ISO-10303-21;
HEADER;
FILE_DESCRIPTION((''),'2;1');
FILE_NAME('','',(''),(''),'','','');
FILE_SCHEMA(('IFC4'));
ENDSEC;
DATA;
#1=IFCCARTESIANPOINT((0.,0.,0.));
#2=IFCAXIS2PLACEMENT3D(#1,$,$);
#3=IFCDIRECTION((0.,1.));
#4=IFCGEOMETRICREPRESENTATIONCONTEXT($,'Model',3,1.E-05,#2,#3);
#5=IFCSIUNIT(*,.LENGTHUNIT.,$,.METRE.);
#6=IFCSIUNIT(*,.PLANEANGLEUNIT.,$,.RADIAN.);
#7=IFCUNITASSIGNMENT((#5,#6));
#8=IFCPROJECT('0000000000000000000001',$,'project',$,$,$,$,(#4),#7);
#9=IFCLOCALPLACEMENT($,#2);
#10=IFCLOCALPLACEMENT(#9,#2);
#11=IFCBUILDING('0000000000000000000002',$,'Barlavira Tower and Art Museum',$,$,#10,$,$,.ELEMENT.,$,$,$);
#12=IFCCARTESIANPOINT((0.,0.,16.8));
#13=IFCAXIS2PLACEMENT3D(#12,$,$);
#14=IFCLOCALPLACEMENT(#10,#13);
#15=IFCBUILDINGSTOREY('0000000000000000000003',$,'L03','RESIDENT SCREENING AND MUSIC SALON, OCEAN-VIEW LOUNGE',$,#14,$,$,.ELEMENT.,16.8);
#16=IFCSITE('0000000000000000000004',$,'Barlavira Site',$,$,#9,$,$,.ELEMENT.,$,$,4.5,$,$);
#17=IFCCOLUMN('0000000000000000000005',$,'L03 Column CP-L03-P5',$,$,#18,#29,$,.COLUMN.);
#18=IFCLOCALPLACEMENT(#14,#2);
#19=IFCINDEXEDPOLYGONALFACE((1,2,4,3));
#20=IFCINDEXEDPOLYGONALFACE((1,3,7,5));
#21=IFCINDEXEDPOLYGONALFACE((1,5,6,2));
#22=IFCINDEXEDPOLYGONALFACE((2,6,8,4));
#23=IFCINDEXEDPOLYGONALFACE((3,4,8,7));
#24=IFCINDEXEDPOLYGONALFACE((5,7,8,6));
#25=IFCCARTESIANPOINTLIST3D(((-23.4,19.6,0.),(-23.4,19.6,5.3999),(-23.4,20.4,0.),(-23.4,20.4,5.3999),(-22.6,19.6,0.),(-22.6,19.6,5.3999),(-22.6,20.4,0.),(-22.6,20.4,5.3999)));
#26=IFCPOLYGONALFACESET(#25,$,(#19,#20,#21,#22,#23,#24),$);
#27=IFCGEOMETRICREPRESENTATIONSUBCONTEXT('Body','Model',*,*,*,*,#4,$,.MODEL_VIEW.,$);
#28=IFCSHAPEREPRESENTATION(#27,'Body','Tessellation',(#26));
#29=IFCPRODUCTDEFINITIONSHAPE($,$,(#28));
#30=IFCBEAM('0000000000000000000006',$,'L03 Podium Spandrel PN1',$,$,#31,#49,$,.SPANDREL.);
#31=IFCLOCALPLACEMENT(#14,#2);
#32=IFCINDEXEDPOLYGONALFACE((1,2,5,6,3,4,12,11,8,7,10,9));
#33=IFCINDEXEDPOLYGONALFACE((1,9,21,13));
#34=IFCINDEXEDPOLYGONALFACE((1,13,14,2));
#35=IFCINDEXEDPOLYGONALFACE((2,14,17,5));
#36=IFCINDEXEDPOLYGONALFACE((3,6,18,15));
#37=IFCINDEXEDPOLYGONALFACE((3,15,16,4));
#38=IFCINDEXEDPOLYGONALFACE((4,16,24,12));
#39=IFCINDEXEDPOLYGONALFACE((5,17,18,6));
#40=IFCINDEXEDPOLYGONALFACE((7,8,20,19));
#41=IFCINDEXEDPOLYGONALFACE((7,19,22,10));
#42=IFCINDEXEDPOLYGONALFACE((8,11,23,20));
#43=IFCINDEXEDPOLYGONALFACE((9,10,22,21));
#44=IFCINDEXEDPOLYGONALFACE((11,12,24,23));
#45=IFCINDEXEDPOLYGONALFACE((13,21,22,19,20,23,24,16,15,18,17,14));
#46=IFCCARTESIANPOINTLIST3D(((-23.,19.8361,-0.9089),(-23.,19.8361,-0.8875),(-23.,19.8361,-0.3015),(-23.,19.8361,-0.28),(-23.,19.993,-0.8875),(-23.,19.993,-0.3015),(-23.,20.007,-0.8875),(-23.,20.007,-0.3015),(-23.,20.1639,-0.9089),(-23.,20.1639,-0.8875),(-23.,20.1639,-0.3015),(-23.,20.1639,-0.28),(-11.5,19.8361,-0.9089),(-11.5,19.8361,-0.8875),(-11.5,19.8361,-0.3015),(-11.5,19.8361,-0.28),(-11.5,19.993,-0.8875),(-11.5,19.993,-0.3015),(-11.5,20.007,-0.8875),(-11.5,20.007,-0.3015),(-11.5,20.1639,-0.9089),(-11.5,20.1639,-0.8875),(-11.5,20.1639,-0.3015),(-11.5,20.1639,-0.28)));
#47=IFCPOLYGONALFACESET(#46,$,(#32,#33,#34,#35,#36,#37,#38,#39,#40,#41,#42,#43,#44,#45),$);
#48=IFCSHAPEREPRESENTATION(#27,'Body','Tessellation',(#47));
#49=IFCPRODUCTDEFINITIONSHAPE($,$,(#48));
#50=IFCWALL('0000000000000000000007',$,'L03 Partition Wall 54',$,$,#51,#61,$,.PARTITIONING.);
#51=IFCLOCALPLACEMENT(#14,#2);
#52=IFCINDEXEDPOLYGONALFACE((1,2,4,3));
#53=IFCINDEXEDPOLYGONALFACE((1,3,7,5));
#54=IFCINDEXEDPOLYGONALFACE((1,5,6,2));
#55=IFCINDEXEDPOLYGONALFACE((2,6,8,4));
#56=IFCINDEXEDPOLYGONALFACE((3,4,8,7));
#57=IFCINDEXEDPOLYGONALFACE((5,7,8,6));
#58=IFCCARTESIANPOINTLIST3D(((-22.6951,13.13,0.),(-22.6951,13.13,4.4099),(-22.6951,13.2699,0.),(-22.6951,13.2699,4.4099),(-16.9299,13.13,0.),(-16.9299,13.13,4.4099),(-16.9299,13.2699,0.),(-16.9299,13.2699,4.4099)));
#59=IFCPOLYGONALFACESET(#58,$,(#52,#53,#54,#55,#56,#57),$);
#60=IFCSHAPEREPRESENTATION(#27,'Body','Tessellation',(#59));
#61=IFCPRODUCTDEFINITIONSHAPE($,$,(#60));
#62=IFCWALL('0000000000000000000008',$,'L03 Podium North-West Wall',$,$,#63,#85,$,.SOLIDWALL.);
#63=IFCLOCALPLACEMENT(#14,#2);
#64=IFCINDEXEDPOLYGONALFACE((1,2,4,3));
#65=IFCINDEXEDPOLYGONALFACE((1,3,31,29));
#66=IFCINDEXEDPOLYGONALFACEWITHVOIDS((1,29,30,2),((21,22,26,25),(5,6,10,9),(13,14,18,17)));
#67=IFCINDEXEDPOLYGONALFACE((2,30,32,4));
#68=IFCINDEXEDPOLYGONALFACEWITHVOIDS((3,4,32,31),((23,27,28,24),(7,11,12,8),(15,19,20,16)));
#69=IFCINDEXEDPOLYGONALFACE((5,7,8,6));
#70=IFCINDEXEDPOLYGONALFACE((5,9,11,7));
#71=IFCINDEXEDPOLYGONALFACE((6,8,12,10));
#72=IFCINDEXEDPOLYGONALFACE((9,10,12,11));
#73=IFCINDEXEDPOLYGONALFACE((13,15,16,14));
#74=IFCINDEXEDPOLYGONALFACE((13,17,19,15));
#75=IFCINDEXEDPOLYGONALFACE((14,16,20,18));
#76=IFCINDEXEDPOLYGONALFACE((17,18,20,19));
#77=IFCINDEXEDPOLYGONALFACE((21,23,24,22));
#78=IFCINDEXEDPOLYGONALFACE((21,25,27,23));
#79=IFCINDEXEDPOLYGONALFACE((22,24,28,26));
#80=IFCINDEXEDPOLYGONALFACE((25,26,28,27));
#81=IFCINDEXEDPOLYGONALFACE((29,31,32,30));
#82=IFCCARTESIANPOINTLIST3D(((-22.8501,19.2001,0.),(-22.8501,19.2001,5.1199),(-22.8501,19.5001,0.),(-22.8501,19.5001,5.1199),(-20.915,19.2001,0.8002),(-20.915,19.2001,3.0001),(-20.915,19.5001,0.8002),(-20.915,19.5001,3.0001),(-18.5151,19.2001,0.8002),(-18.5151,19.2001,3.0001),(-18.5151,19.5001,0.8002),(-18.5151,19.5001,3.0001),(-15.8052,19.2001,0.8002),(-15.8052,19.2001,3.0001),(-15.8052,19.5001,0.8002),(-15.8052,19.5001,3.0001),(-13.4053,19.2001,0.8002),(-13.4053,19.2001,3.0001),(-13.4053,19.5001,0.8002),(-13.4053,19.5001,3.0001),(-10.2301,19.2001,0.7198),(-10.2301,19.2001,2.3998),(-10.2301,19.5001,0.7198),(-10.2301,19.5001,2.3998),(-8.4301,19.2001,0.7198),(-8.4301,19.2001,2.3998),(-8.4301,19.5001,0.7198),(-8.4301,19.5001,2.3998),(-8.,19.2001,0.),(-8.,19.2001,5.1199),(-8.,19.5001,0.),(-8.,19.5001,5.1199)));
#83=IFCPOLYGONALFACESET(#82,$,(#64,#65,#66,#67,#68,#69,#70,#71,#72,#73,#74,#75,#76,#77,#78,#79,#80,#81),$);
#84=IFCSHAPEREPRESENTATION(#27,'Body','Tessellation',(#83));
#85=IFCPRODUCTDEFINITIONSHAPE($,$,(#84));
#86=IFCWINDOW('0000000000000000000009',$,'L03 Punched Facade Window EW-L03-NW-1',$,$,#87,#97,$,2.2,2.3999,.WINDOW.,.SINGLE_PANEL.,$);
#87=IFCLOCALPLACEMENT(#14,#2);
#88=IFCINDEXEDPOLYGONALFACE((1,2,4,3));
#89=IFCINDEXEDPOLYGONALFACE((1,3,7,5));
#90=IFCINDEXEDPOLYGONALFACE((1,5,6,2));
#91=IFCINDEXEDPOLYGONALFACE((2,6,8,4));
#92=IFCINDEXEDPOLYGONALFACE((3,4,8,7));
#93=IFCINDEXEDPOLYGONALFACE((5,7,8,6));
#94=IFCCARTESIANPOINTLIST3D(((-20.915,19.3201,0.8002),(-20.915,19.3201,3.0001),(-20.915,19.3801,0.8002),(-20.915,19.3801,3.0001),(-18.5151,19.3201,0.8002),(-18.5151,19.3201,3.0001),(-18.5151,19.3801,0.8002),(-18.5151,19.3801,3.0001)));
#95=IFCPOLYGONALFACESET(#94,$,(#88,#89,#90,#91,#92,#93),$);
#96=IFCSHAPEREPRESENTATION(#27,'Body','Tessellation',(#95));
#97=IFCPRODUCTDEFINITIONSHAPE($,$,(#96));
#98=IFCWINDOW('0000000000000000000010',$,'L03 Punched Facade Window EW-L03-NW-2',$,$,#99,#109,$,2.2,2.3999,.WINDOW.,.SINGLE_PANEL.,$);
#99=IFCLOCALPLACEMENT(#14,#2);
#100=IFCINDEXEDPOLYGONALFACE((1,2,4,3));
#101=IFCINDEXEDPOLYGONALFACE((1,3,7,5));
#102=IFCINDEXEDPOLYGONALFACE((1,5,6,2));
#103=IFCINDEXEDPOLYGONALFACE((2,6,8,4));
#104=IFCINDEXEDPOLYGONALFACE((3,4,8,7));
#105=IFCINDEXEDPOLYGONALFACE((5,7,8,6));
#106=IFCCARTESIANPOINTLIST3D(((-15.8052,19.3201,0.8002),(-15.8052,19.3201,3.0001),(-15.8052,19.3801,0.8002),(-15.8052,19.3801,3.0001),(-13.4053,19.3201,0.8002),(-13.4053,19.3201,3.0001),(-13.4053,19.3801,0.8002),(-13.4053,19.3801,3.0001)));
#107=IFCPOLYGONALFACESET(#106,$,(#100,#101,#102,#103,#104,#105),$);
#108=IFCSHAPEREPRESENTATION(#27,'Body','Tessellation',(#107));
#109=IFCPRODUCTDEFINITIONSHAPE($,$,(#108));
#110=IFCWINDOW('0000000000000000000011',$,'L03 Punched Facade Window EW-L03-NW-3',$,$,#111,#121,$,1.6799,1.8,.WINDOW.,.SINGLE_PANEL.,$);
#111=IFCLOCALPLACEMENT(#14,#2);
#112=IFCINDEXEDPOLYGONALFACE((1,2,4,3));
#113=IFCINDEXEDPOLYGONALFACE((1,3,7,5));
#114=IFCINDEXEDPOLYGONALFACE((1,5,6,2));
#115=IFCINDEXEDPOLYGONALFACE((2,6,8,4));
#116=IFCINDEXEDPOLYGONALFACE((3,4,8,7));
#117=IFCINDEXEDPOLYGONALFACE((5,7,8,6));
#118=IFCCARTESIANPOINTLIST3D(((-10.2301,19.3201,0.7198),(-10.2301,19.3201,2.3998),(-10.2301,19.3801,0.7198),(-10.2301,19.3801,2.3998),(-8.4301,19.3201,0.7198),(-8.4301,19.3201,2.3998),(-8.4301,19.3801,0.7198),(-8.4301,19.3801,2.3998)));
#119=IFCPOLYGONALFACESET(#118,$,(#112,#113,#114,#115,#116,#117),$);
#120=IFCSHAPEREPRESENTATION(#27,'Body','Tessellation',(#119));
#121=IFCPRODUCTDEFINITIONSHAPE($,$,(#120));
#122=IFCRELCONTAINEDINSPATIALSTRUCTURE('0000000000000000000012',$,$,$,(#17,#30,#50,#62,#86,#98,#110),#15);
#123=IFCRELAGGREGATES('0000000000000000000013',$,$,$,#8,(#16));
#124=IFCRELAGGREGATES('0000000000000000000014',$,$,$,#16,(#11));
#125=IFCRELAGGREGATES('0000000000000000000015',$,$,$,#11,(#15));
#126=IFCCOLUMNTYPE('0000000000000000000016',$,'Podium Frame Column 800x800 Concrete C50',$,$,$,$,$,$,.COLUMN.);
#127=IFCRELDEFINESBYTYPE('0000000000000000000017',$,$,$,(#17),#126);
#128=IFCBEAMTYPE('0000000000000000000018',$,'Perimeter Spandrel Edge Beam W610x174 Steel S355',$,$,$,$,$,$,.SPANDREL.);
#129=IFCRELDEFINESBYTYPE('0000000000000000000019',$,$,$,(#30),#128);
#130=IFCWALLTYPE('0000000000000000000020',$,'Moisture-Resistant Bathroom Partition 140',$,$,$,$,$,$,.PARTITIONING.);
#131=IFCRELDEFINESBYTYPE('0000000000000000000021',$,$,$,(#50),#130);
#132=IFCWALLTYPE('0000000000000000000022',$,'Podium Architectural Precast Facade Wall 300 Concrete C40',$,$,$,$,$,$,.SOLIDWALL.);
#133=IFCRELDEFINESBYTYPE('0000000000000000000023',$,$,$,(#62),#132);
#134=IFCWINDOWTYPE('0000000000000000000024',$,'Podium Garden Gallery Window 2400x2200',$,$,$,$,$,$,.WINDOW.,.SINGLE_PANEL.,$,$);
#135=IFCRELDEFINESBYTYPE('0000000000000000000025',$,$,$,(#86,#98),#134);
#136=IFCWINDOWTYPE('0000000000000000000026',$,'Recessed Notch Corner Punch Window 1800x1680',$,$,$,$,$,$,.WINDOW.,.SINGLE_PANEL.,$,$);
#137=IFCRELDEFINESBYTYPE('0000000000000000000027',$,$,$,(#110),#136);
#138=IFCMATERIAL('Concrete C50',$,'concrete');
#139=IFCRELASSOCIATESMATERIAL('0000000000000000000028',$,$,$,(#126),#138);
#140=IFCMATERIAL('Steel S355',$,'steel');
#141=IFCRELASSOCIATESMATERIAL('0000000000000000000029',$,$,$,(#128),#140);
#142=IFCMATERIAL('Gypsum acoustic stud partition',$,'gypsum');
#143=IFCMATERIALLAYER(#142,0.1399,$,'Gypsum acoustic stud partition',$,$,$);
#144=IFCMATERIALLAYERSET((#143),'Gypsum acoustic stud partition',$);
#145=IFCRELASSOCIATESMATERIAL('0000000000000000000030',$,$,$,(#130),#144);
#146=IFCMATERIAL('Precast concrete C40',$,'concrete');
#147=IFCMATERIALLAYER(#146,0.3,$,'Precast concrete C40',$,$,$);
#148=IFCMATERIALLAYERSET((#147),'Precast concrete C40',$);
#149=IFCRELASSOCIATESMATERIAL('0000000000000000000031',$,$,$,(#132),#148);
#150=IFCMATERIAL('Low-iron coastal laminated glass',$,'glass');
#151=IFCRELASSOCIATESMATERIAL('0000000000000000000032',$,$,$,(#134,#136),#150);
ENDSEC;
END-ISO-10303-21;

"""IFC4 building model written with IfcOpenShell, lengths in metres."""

from ifc_helpers import new_model, si_unit, direction, frame, frame_2d, origin, origin_2d, place, context, subcontext, project, spatial, rectangle, i_section, extrude, material, layer, layer_set, material_profile, profile_set, type_object, element, fill, save


model = new_model("IFC4")

# Units and contexts
model_context = context("Model", 3, precision=1e-05, world=origin(), true_north=direction((0.0, 1.0)))
body_context = subcontext(model_context, "Body", "Model", "MODEL_VIEW")
ifc_project = project(units=[si_unit("LENGTHUNIT", "METRE"), si_unit("PLANEANGLEUNIT", "RADIAN")], contexts=[model_context])

# Site, building, storey
site_placement = place(None, origin())
site = spatial("IfcSite", under=ifc_project, at=site_placement, Name="Barlavira Site", CompositionType="ELEMENT", RefElevation=4.5)
building_placement = place(site_placement, origin())
building = spatial("IfcBuilding", under=site, at=building_placement, Name="Barlavira Tower and Art Museum", CompositionType="ELEMENT")
storey_placement = place(building_placement, frame((0.0, 0.0, 16.8)))
storey = spatial("IfcBuildingStorey", under=building, at=storey_placement, Name="L03", Description="RESIDENT SCREENING AND MUSIC SALON, OCEAN-VIEW LOUNGE", CompositionType="ELEMENT", Elevation=16.8)

# Column
ifc_material_1 = material(Name="Concrete C50", Category="concrete")
ifc_material_profile_1 = material_profile(ifc_material_1, rectangle(XDim=0.8, YDim=0.8, at=origin_2d()), Name="RC-COL 800x800")
ifc_profile_set_1 = profile_set([ifc_material_profile_1], Name="Concrete C50")
column_type = type_object("IfcColumnType", Name="Podium Frame Column 800x800 Concrete C50", PredefinedType="COLUMN", material=ifc_profile_set_1)
column_placement = place(storey_placement, frame((-23.0, 20.0, 0.0), z_axis=(0.0, 0.0, 1.0), x_axis=(1.0, 0.0, 0.0)))
element("IfcColumn", 1, at=column_placement, inside=storey, type_object=column_type, Name="L03 Column CP-L03-P5", PredefinedType="COLUMN", context=body_context, shape_type="SweptSolid", body=[
    extrude(rectangle(XDim=0.8, YDim=0.8, at=origin_2d()), origin(), (0.0, 0.0, 1.0), 5.3999),
])

# Beam
ifc_material_2 = material(Name="Steel S355", Category="steel")
ifc_material_profile_2 = material_profile(ifc_material_2, i_section(OverallWidth=0.3279, OverallDepth=0.6289, WebThickness=0.0139, FlangeThickness=0.0215, at=origin_2d()), Name="W610x174.0")
ifc_profile_set_2 = profile_set([ifc_material_profile_2], Name="Steel S355")
beam_type = type_object("IfcBeamType", Name="Perimeter Spandrel Edge Beam W610x174 Steel S355", PredefinedType="SPANDREL", material=ifc_profile_set_2)
beam_placement = place(storey_placement, frame((-23.0, 20.0, -0.5945), z_axis=(1.0, 0.0, 0.0), x_axis=(0.0, 1.0, 0.0)))
element("IfcBeam", 2, at=beam_placement, inside=storey, type_object=beam_type, Name="L03 Podium Spandrel PN1", PredefinedType="SPANDREL", context=body_context, shape_type="SweptSolid", body=[
    extrude(i_section(OverallWidth=0.3279, OverallDepth=0.6289, WebThickness=0.0139, FlangeThickness=0.0215, at=origin_2d()), origin(), (0.0, 0.0, 1.0), 11.5),
])

# Wall
ifc_material_3 = material(Name="Gypsum acoustic stud partition", Category="gypsum")
ifc_layer_1 = layer(ifc_material_3, 0.1399, Name="Gypsum acoustic stud partition")
ifc_layer_set_1 = layer_set([ifc_layer_1], Name="Gypsum acoustic stud partition")
wall_type_1 = type_object("IfcWallType", Name="Moisture-Resistant Bathroom Partition 140", PredefinedType="PARTITIONING", material=ifc_layer_set_1)
wall_1_placement = place(storey_placement, frame((-22.6951, 13.2, 0.0), z_axis=(0.0, 0.0, 1.0), x_axis=(1.0, 0.0, 0.0)))
element("IfcWall", 3, at=wall_1_placement, inside=storey, type_object=wall_type_1, Name="L03 Partition Wall 54", PredefinedType="PARTITIONING", context=body_context, shape_type="SweptSolid", body=[
    extrude(rectangle(XDim=5.7651, YDim=0.1399, at=frame_2d((2.8826, 0.0))), origin(), (0.0, 0.0, 1.0), 4.4099),
])

# Wall, openings, windows
ifc_material_4 = material(Name="Precast concrete C40", Category="concrete")
ifc_layer_2 = layer(ifc_material_4, 0.3, Name="Precast concrete C40")
ifc_layer_set_2 = layer_set([ifc_layer_2], Name="Precast concrete C40")
wall_type_2 = type_object("IfcWallType", Name="Podium Architectural Precast Facade Wall 300 Concrete C40", PredefinedType="SOLIDWALL", material=ifc_layer_set_2)
ifc_material_5 = material(Name="Low-iron coastal laminated glass", Category="glass")
window_type_1 = type_object("IfcWindowType", Name="Podium Garden Gallery Window 2400x2200", PartitioningType="SINGLE_PANEL", PredefinedType="WINDOW", material=ifc_material_5)
wall_2_placement = place(storey_placement, frame((-22.8501, 19.3501, 0.0), z_axis=(0.0, 0.0, 1.0), x_axis=(1.0, 0.0, 0.0)))
wall_2 = element("IfcWall", 4, at=wall_2_placement, inside=storey, type_object=wall_type_2, Name="L03 Podium North-West Wall", PredefinedType="SOLIDWALL", context=body_context, shape_type="SweptSolid", body=[
    extrude(rectangle(XDim=14.8501, YDim=0.3, at=frame_2d((7.425, 0.0))), origin(), (0.0, 0.0, 1.0), 5.1199),
])
opening_1_placement = place(wall_2_placement, frame((1.9351, 0.0, 0.8)))
opening_1 = element("IfcOpeningElement", 5, at=opening_1_placement, cuts=wall_2, PredefinedType="OPENING", context=body_context, shape_type="SweptSolid", body=[
    extrude(rectangle(XDim=2.3999, YDim=2.2, at=frame_2d((1.2, 1.1001))), frame((0.0, 0.1602, 0.0), z_axis=(0.0, -1.0, 0.0), x_axis=(1.0, 0.0, 0.0)), (0.0, 0.0, 1.0), 0.3201),
])
opening_2_placement = place(wall_2_placement, frame((7.0449, 0.0, 0.8)))
opening_2 = element("IfcOpeningElement", 6, at=opening_2_placement, cuts=wall_2, PredefinedType="OPENING", context=body_context, shape_type="SweptSolid", body=[
    extrude(rectangle(XDim=2.3999, YDim=2.2, at=frame_2d((1.2, 1.1001))), frame((0.0, 0.1602, 0.0), z_axis=(0.0, -1.0, 0.0), x_axis=(1.0, 0.0, 0.0)), (0.0, 0.0, 1.0), 0.3201),
])
opening_3_placement = place(wall_2_placement, frame((12.6201, 0.0, 0.72)))
opening_3 = element("IfcOpeningElement", 7, at=opening_3_placement, cuts=wall_2, PredefinedType="OPENING", context=body_context, shape_type="SweptSolid", body=[
    extrude(rectangle(XDim=1.8, YDim=1.6799, at=frame_2d((0.8999, 0.8398))), frame((0.0, 0.1602, 0.0), z_axis=(0.0, -1.0, 0.0), x_axis=(1.0, 0.0, 0.0)), (0.0, 0.0, 1.0), 0.3201),
])
window_1_placement = place(opening_1_placement, origin())
window_1 = element("IfcWindow", 8, at=window_1_placement, inside=storey, type_object=window_type_1, Name="L03 Punched Facade Window EW-L03-NW-1", OverallHeight=2.2, OverallWidth=2.3999, PartitioningType="SINGLE_PANEL", PredefinedType="WINDOW", context=body_context, shape_type="SweptSolid", body=[
    extrude(rectangle(XDim=2.3999, YDim=2.2, at=frame_2d((1.2, 1.1001))), frame((0.0, 0.03, 0.0), z_axis=(0.0, -1.0, 0.0), x_axis=(1.0, 0.0, 0.0)), (0.0, 0.0, 1.0), 0.0601),
])
fill(opening_1, window_1)
window_2_placement = place(opening_2_placement, origin())
window_2 = element("IfcWindow", 9, at=window_2_placement, inside=storey, type_object=window_type_1, Name="L03 Punched Facade Window EW-L03-NW-2", OverallHeight=2.2, OverallWidth=2.3999, PartitioningType="SINGLE_PANEL", PredefinedType="WINDOW", context=body_context, shape_type="SweptSolid", body=[
    extrude(rectangle(XDim=2.3999, YDim=2.2, at=frame_2d((1.2, 1.1001))), frame((0.0, 0.03, 0.0), z_axis=(0.0, -1.0, 0.0), x_axis=(1.0, 0.0, 0.0)), (0.0, 0.0, 1.0), 0.0601),
])
fill(opening_2, window_2)
window_type_2 = type_object("IfcWindowType", Name="Recessed Notch Corner Punch Window 1800x1680", PartitioningType="SINGLE_PANEL", PredefinedType="WINDOW", material=ifc_material_5)
window_3_placement = place(opening_3_placement, origin())
window_3 = element("IfcWindow", 10, at=window_3_placement, inside=storey, type_object=window_type_2, Name="L03 Punched Facade Window EW-L03-NW-3", OverallHeight=1.6799, OverallWidth=1.8, PartitioningType="SINGLE_PANEL", PredefinedType="WINDOW", context=body_context, shape_type="SweptSolid", body=[
    extrude(rectangle(XDim=1.8, YDim=1.6799, at=frame_2d((0.8999, 0.8398))), frame((0.0, 0.03, 0.0), z_axis=(0.0, -1.0, 0.0), x_axis=(1.0, 0.0, 0.0)), (0.0, 0.0, 1.0), 0.0601),
])
fill(opening_3, window_3)

save(model, "model.ifc")
